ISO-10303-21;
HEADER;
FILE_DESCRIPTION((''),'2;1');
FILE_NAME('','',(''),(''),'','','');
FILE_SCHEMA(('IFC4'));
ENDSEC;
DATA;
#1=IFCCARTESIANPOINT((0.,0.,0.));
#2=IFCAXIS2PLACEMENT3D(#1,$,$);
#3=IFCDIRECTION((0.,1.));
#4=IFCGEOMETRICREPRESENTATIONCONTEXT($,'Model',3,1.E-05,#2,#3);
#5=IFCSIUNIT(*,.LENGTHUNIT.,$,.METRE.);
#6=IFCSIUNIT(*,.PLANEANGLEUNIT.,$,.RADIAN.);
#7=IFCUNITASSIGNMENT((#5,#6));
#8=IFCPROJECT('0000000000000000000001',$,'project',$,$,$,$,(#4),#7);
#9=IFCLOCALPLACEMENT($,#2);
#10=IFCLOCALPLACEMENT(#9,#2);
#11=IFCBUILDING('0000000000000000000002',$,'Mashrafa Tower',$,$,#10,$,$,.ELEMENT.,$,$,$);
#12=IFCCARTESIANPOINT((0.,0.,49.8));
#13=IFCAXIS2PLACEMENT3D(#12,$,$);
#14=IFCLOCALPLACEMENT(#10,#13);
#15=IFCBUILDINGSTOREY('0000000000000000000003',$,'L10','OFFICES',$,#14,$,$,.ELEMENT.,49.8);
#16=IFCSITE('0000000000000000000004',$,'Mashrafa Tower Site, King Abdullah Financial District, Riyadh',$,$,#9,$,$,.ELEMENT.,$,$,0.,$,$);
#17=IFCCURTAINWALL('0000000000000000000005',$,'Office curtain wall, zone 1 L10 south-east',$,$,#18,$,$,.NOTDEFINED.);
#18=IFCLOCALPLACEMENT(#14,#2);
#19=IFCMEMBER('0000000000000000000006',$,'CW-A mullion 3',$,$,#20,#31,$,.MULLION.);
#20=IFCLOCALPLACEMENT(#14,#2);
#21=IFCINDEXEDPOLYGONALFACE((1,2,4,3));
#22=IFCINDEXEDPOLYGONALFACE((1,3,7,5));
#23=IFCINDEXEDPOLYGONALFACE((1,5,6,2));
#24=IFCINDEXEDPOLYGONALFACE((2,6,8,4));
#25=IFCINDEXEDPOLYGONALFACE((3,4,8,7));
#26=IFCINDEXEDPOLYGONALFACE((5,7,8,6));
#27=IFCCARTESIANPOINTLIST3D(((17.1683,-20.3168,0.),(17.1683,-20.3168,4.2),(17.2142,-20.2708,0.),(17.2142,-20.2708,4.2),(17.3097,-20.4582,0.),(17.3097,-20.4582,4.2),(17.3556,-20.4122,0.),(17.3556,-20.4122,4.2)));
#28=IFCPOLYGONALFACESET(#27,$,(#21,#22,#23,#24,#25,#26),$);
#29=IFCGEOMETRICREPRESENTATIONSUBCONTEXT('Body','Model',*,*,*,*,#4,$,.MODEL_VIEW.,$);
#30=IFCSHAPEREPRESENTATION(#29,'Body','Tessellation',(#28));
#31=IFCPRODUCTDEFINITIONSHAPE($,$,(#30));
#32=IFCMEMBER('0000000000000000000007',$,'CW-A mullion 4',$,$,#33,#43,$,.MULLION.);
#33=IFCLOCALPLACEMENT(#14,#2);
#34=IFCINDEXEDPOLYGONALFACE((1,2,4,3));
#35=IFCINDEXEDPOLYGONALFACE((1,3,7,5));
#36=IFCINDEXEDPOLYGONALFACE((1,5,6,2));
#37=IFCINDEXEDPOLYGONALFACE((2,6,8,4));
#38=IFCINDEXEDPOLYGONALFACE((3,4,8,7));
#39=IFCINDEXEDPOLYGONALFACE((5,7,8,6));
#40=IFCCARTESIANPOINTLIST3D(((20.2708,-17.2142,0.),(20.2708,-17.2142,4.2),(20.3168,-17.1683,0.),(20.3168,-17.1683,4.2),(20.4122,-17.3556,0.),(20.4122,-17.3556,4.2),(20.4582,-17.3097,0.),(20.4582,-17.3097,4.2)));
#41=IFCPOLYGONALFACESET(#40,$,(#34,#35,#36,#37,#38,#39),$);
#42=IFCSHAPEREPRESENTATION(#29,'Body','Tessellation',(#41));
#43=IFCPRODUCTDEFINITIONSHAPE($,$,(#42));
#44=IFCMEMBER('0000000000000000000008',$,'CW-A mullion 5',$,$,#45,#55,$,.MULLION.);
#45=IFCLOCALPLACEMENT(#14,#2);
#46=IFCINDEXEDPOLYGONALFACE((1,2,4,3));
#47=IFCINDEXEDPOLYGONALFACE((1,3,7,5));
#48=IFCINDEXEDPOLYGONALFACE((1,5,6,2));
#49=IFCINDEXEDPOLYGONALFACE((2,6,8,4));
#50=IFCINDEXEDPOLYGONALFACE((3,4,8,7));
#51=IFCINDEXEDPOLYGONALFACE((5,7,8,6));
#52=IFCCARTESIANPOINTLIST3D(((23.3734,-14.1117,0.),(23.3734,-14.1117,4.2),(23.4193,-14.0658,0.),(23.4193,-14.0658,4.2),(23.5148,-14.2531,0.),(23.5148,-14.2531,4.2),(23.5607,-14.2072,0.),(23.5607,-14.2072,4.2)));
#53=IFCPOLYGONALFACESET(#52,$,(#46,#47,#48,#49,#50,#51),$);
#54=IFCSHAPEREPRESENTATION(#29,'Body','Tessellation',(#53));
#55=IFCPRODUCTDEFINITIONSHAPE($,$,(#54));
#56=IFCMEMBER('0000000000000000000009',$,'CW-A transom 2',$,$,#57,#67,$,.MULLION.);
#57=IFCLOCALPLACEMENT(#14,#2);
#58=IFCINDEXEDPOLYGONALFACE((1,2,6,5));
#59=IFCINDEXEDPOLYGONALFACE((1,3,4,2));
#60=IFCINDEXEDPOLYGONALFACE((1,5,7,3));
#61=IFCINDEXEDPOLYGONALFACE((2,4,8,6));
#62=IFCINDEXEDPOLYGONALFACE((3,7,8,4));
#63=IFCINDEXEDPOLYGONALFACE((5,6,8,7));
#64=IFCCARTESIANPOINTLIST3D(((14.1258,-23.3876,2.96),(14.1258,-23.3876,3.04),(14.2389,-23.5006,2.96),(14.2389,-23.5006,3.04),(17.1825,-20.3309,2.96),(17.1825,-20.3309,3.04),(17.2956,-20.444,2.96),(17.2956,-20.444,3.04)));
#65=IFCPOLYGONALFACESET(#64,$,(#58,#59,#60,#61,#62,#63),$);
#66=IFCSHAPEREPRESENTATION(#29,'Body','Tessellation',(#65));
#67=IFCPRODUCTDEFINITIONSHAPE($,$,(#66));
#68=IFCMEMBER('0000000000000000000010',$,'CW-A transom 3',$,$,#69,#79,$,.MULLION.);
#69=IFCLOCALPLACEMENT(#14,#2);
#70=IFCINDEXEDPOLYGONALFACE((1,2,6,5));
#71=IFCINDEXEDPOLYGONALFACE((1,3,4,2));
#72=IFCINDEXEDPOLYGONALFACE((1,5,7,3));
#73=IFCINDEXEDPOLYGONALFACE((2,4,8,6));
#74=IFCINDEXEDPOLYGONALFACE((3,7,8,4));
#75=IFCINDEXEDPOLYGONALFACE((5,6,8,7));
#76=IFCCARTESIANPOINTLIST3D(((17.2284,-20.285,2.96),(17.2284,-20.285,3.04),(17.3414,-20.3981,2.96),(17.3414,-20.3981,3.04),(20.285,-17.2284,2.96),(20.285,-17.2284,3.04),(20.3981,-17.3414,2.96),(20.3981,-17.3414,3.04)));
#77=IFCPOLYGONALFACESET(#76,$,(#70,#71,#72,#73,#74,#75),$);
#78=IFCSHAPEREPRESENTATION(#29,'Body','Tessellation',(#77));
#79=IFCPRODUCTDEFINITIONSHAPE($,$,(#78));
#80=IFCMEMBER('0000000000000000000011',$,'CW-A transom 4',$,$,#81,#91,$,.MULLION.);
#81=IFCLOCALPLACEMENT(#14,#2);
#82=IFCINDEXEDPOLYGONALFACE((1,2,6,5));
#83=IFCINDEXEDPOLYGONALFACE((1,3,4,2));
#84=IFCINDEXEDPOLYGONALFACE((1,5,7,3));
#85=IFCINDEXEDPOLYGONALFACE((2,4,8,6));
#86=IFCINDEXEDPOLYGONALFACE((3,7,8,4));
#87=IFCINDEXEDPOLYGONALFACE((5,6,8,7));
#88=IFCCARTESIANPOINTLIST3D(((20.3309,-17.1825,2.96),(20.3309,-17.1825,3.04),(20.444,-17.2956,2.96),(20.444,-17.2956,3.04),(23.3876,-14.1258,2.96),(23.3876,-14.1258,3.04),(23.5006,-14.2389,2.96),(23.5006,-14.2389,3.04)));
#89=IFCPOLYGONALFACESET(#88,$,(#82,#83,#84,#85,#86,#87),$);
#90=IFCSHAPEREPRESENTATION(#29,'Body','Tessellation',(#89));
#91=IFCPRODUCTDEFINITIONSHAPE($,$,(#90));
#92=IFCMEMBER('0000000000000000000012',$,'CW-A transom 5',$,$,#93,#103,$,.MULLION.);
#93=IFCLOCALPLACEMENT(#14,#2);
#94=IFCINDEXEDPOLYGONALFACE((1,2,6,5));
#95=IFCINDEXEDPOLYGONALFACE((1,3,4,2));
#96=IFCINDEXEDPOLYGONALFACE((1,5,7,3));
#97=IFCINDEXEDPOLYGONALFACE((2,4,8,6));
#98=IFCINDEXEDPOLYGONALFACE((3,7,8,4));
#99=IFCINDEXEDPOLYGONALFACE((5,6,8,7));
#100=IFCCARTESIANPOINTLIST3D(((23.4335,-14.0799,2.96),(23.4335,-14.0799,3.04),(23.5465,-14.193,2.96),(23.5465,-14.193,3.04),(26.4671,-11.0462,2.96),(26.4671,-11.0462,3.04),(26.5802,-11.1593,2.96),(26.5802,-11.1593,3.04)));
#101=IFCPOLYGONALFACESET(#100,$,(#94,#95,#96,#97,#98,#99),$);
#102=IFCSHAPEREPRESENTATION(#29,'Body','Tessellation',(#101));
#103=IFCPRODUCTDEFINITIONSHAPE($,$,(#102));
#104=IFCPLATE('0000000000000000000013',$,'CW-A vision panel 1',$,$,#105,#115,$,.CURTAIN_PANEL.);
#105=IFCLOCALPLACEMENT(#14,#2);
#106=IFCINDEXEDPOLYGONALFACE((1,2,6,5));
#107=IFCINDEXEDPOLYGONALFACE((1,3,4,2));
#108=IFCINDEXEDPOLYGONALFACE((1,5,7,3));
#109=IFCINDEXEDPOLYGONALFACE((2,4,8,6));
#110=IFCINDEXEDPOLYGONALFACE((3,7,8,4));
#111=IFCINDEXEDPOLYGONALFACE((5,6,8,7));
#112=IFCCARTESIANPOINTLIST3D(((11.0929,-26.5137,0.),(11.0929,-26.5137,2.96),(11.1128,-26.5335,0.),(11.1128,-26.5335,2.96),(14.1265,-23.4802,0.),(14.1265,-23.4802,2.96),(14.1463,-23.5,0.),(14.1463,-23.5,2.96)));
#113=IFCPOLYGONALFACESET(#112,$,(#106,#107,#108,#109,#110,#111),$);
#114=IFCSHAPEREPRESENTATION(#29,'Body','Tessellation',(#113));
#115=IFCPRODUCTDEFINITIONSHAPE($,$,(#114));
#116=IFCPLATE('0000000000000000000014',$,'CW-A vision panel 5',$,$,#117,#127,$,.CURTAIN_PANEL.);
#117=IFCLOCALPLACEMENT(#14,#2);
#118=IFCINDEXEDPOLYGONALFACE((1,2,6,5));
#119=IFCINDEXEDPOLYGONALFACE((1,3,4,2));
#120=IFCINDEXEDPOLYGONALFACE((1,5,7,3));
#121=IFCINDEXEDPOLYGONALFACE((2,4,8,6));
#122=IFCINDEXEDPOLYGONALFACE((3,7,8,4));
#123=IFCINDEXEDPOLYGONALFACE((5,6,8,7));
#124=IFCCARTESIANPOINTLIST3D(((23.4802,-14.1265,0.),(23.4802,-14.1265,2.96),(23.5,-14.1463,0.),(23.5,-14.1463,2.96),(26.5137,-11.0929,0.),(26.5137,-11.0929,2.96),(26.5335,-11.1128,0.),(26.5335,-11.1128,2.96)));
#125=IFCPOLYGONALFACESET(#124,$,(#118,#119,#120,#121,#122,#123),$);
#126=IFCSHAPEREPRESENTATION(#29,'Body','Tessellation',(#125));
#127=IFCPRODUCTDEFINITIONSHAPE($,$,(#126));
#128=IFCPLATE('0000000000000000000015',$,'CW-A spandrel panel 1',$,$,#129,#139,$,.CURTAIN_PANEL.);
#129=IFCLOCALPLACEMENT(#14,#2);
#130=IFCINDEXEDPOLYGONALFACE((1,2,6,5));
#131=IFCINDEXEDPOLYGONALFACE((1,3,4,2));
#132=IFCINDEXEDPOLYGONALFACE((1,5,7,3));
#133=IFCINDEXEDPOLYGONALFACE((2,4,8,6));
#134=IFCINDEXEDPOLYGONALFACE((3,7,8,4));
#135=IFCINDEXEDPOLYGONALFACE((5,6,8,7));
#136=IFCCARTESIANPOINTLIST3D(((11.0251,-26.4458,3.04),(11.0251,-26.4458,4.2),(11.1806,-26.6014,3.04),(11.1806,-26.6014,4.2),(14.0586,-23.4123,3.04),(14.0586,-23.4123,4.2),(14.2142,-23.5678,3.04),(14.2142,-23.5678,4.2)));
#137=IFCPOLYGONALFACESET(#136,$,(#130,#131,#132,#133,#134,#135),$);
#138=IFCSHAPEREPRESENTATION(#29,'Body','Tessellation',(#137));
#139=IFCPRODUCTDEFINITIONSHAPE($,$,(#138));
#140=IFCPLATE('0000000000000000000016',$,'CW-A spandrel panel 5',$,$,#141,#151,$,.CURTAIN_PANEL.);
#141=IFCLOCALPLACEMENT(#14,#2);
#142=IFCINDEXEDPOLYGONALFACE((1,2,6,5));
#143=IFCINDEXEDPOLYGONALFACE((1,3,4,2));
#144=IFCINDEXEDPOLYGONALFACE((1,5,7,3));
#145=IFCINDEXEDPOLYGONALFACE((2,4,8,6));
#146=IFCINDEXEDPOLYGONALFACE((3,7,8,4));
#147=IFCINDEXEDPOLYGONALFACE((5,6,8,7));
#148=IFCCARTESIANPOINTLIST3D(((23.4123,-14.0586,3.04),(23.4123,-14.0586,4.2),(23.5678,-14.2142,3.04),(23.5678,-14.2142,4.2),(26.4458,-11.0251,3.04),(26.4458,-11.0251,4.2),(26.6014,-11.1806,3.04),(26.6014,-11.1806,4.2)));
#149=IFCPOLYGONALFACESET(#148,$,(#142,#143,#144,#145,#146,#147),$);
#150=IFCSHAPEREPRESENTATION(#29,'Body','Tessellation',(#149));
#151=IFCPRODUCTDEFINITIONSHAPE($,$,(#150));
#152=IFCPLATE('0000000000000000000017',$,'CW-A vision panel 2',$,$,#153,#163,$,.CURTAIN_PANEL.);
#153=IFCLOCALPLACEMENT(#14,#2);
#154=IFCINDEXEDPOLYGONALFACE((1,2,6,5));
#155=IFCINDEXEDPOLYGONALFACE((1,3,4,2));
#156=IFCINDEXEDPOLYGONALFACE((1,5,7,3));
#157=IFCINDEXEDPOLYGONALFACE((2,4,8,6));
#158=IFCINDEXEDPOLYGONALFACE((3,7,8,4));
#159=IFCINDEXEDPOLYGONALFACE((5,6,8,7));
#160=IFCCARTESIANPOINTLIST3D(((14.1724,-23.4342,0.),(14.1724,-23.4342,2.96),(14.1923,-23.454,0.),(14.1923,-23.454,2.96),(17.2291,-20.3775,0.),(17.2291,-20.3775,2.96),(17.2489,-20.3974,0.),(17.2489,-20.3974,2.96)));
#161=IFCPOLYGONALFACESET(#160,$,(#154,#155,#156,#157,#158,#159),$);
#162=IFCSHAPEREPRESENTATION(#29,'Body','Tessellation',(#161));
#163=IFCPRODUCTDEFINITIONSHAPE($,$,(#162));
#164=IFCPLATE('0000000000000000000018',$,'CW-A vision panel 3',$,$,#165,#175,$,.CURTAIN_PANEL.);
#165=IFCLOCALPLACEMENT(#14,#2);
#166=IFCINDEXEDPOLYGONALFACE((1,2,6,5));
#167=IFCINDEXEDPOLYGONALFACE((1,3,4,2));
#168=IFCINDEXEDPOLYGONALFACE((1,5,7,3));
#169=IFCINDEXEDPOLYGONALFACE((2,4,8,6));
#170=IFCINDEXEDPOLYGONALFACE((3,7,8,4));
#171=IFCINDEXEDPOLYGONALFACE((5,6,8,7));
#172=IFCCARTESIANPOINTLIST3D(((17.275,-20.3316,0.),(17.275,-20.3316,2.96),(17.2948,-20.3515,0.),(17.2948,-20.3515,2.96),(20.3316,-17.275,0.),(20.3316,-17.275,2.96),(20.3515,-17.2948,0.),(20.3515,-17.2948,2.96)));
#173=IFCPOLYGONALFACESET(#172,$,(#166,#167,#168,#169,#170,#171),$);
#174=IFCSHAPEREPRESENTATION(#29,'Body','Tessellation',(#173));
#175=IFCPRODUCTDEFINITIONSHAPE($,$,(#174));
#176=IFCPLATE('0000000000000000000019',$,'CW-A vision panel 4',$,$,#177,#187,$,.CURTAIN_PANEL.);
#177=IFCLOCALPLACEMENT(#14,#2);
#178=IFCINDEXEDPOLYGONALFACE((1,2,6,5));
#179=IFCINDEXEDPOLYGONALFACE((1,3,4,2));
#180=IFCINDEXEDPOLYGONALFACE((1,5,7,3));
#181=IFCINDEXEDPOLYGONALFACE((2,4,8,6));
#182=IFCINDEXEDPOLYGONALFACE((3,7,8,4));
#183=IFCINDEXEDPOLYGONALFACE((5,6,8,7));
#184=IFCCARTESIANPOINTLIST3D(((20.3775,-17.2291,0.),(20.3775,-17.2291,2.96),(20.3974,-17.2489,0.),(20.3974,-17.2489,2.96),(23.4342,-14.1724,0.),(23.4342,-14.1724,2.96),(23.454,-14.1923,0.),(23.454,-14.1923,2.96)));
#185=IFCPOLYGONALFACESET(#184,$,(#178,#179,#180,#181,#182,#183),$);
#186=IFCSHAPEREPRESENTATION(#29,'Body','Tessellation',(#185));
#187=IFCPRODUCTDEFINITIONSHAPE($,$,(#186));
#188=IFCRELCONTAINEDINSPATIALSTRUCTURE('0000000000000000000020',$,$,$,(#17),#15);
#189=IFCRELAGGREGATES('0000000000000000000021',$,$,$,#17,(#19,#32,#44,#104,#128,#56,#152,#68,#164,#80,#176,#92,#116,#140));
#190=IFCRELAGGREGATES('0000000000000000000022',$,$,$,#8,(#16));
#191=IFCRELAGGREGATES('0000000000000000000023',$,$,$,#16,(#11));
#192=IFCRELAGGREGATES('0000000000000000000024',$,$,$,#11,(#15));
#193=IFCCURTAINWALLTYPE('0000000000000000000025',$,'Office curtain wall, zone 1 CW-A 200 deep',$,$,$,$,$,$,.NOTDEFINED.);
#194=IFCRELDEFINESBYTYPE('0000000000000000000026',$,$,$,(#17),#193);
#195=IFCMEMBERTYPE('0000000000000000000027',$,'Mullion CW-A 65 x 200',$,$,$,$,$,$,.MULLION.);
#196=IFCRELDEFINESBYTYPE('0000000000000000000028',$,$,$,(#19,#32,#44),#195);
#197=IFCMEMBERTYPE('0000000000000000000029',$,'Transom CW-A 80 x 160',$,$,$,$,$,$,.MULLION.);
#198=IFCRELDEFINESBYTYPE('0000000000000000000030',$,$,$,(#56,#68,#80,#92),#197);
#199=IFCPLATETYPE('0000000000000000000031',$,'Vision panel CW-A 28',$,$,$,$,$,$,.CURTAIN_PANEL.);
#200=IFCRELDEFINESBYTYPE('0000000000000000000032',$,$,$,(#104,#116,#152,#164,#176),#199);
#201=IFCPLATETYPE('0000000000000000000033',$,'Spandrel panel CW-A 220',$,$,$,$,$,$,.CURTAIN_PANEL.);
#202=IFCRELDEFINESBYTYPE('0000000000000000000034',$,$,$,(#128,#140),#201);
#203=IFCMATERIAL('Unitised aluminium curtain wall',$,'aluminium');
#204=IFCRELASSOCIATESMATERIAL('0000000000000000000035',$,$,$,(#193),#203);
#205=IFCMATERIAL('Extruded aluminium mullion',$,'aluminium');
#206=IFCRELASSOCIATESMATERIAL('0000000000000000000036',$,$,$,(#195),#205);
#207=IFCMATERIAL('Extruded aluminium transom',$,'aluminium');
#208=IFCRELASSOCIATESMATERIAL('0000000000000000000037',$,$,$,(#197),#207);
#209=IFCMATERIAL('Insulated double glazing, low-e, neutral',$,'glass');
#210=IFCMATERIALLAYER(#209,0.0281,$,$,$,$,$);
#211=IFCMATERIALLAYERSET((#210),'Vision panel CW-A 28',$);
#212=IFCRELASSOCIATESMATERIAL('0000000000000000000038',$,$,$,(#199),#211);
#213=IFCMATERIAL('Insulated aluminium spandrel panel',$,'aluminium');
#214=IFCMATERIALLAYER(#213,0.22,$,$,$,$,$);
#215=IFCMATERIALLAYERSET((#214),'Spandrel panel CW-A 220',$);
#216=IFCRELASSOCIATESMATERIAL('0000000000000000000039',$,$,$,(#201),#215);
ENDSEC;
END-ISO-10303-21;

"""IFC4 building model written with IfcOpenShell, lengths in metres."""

from ifc_helpers import new_model, si_unit, direction, frame, origin, origin_2d, place, context, subcontext, project, spatial, rectangle, extrude, source, transform, mapped, material, layer, layer_set, material_profile, profile_set, type_object, type_shapes, element, aggregate, save


model = new_model("IFC4")

# Units and contexts
model_context = context("Model", 3, precision=1e-05, world=origin(), true_north=direction((0.0, 1.0)))
body_context = subcontext(model_context, "Body", "Model", "MODEL_VIEW")
ifc_project = project(units=[si_unit("LENGTHUNIT", "METRE"), si_unit("PLANEANGLEUNIT", "RADIAN")], contexts=[model_context])

# Site, building, storey
site_placement = place(None, origin())
site = spatial("IfcSite", under=ifc_project, at=site_placement, Name="Mashrafa Tower Site, King Abdullah Financial District, Riyadh", CompositionType="ELEMENT", RefElevation=0.0)
building_placement = place(site_placement, origin())
building = spatial("IfcBuilding", under=site, at=building_placement, Name="Mashrafa Tower", CompositionType="ELEMENT")
storey_placement = place(building_placement, frame((0.0, 0.0, 49.8)))
storey = spatial("IfcBuildingStorey", under=building, at=storey_placement, Name="L10", Description="OFFICES", CompositionType="ELEMENT", Elevation=49.8)

# Curtain wall, members, plates
ifc_material_1 = material(Name="Unitised aluminium curtain wall", Category="aluminium")
curtain_wall_type = type_object("IfcCurtainWallType", Name="Office curtain wall, zone 1 CW-A 200 deep", PredefinedType="NOTDEFINED", material=ifc_material_1)
curtain_wall_placement = place(storey_placement, origin())
curtain_wall = element("IfcCurtainWall", 1, at=curtain_wall_placement, inside=storey, type_object=curtain_wall_type, Name="Office curtain wall, zone 1 L10 south-east", PredefinedType="NOTDEFINED")
ifc_material_2 = material(Name="Extruded aluminium mullion", Category="aluminium")
ifc_material_profile_1 = material_profile(ifc_material_2, rectangle(XDim=0.2, YDim=0.0649, at=origin_2d()), Name="Mullion 65x200")
ifc_profile_set_1 = profile_set([ifc_material_profile_1], Name="Extruded aluminium mullion")
member_type_1 = type_object("IfcMemberType", Name="Mullion CW-A 65 x 200", PredefinedType="MULLION", material=ifc_profile_set_1)
shared_shape_1 = source(origin(), body_context, "Body", "SweptSolid", [
    extrude(rectangle(XDim=0.2, YDim=0.0649, at=origin_2d()), origin(), (0.0, 0.0, 1.0), 4.2),
])
type_shapes(member_type_1, [shared_shape_1])
member_1_placement = place(storey_placement, frame((17.262, -20.3645, 0.0), z_axis=(0.0, 0.0, 1.0), x_axis=(-0.707107, 0.707107, 0.0)))
member_1 = element("IfcMember", 2, at=member_1_placement, type_object=member_type_1, Name="CW-A mullion 3", PredefinedType="MULLION", context=body_context, shape_type="MappedRepresentation", body=[
    mapped(shared_shape_1, transform((0.0, 0.0, 0.0))),
])
member_2_placement = place(storey_placement, frame((20.3645, -17.262, 0.0), z_axis=(0.0, 0.0, 1.0), x_axis=(-0.707107, 0.707107, 0.0)))
member_2 = element("IfcMember", 3, at=member_2_placement, type_object=member_type_1, Name="CW-A mullion 4", PredefinedType="MULLION", context=body_context, shape_type="MappedRepresentation", body=[
    mapped(shared_shape_1, transform((0.0, 0.0, 0.0))),
])
member_3_placement = place(storey_placement, frame((23.467, -14.1594, 0.0), z_axis=(0.0, 0.0, 1.0), x_axis=(-0.707107, 0.707107, 0.0)))
member_3 = element("IfcMember", 4, at=member_3_placement, type_object=member_type_1, Name="CW-A mullion 5", PredefinedType="MULLION", context=body_context, shape_type="MappedRepresentation", body=[
    mapped(shared_shape_1, transform((0.0, 0.0, 0.0))),
])
ifc_material_3 = material(Name="Extruded aluminium transom", Category="aluminium")
ifc_material_profile_2 = material_profile(ifc_material_3, rectangle(XDim=0.1599, YDim=0.0801, at=origin_2d()), Name="Transom 80x160")
ifc_profile_set_2 = profile_set([ifc_material_profile_2], Name="Extruded aluminium transom")
member_type_2 = type_object("IfcMemberType", Name="Transom CW-A 80 x 160", PredefinedType="MULLION", material=ifc_profile_set_2)
shared_shape_2 = source(origin(), body_context, "Body", "SweptSolid", [
    extrude(rectangle(XDim=0.1599, YDim=0.0801, at=origin_2d()), origin(), (0.0, 0.0, 1.0), 4.3228),
])
member_4_placement = place(storey_placement, frame((14.1824, -23.4441, 3.0), z_axis=(0.707107, 0.707107, 0.0), x_axis=(-0.707107, 0.707107, 0.0)))
member_4 = element("IfcMember", 5, at=member_4_placement, type_object=member_type_2, Name="CW-A transom 2", PredefinedType="MULLION", context=body_context, shape_type="MappedRepresentation", body=[
    mapped(shared_shape_2, transform((0.0, 0.0, 0.0))),
])
member_5_placement = place(storey_placement, frame((17.2849, -20.3416, 3.0), z_axis=(0.707107, 0.707107, 0.0), x_axis=(-0.707107, 0.707107, 0.0)))
member_5 = element("IfcMember", 6, at=member_5_placement, type_object=member_type_2, Name="CW-A transom 3", PredefinedType="MULLION", context=body_context, shape_type="MappedRepresentation", body=[
    mapped(shared_shape_2, transform((0.0, 0.0, 0.0))),
])
member_6_placement = place(storey_placement, frame((20.3875, -17.239, 3.0), z_axis=(0.707107, 0.707107, 0.0), x_axis=(-0.707107, 0.707107, 0.0)))
member_6 = element("IfcMember", 7, at=member_6_placement, type_object=member_type_2, Name="CW-A transom 4", PredefinedType="MULLION", context=body_context, shape_type="MappedRepresentation", body=[
    mapped(shared_shape_2, transform((0.0, 0.0, 0.0))),
])
shared_shape_3 = source(origin(), body_context, "Body", "SweptSolid", [
    extrude(rectangle(XDim=0.1599, YDim=0.0801, at=origin_2d()), origin(), (0.0, 0.0, 1.0), 4.2903),
])
type_shapes(member_type_2, [shared_shape_2, shared_shape_3])
member_7_placement = place(storey_placement, frame((23.49, -14.1365, 3.0), z_axis=(0.707107, 0.707107, 0.0), x_axis=(-0.707107, 0.707107, 0.0)))
member_7 = element("IfcMember", 8, at=member_7_placement, type_object=member_type_2, Name="CW-A transom 5", PredefinedType="MULLION", context=body_context, shape_type="MappedRepresentation", body=[
    mapped(shared_shape_3, transform((0.0, 0.0, 0.0))),
])
ifc_material_4 = material(Name="Insulated double glazing, low-e, neutral", Category="glass")
ifc_layer_1 = layer(ifc_material_4, 0.0281)
ifc_layer_set_1 = layer_set([ifc_layer_1], Name="Vision panel CW-A 28")
plate_type_1 = type_object("IfcPlateType", Name="Vision panel CW-A 28", PredefinedType="CURTAIN_PANEL", material=ifc_layer_set_1)
shared_shape_4 = source(origin(), body_context, "Body", "SweptSolid", [
    extrude(rectangle(XDim=4.29, YDim=0.0281, at=origin_2d()), origin(), (0.0, 0.0, 1.0), 2.96),
])
plate_1_placement = place(storey_placement, frame((12.6196, -25.0068, 0.0), z_axis=(0.0, 0.0, 1.0), x_axis=(0.707107, 0.707107, 0.0)))
plate_1 = element("IfcPlate", 9, at=plate_1_placement, type_object=plate_type_1, Name="CW-A vision panel 1", PredefinedType="CURTAIN_PANEL", context=body_context, shape_type="MappedRepresentation", body=[
    mapped(shared_shape_4, transform((0.0, 0.0, 0.0))),
])
plate_2_placement = place(storey_placement, frame((25.0068, -12.6196, 0.0), z_axis=(0.0, 0.0, 1.0), x_axis=(0.707107, 0.707107, 0.0)))
plate_2 = element("IfcPlate", 10, at=plate_2_placement, type_object=plate_type_1, Name="CW-A vision panel 5", PredefinedType="CURTAIN_PANEL", context=body_context, shape_type="MappedRepresentation", body=[
    mapped(shared_shape_4, transform((0.0, 0.0, 0.0))),
])
ifc_material_5 = material(Name="Insulated aluminium spandrel panel", Category="aluminium")
ifc_layer_2 = layer(ifc_material_5, 0.22)
ifc_layer_set_2 = layer_set([ifc_layer_2], Name="Spandrel panel CW-A 220")
plate_type_2 = type_object("IfcPlateType", Name="Spandrel panel CW-A 220", PredefinedType="CURTAIN_PANEL", material=ifc_layer_set_2)
shared_shape_5 = source(origin(), body_context, "Body", "SweptSolid", [
    extrude(rectangle(XDim=4.29, YDim=0.22, at=origin_2d()), origin(), (0.0, 0.0, 1.0), 1.1599),
])
plate_3_placement = place(storey_placement, frame((12.6196, -25.0068, 3.04), z_axis=(0.0, 0.0, 1.0), x_axis=(0.707107, 0.707107, 0.0)))
plate_3 = element("IfcPlate", 11, at=plate_3_placement, type_object=plate_type_2, Name="CW-A spandrel panel 1", PredefinedType="CURTAIN_PANEL", context=body_context, shape_type="MappedRepresentation", body=[
    mapped(shared_shape_5, transform((0.0, 0.0, 0.0))),
])
plate_4_placement = place(storey_placement, frame((25.0068, -12.6196, 3.04), z_axis=(0.0, 0.0, 1.0), x_axis=(0.707107, 0.707107, 0.0)))
plate_4 = element("IfcPlate", 12, at=plate_4_placement, type_object=plate_type_2, Name="CW-A spandrel panel 5", PredefinedType="CURTAIN_PANEL", context=body_context, shape_type="MappedRepresentation", body=[
    mapped(shared_shape_5, transform((0.0, 0.0, 0.0))),
])
shared_shape_6 = source(origin(), body_context, "Body", "SweptSolid", [
    extrude(rectangle(XDim=4.3228, YDim=0.0281, at=origin_2d()), origin(), (0.0, 0.0, 1.0), 2.96),
])
type_shapes(plate_type_1, [shared_shape_4, shared_shape_6])
plate_5_placement = place(storey_placement, frame((15.7107, -21.9158, 0.0), z_axis=(0.0, 0.0, 1.0), x_axis=(0.707107, 0.707107, 0.0)))
plate_5 = element("IfcPlate", 13, at=plate_5_placement, type_object=plate_type_1, Name="CW-A vision panel 2", PredefinedType="CURTAIN_PANEL", context=body_context, shape_type="MappedRepresentation", body=[
    mapped(shared_shape_6, transform((0.0, 0.0, 0.0))),
])
plate_6_placement = place(storey_placement, frame((18.8132, -18.8132, 0.0), z_axis=(0.0, 0.0, 1.0), x_axis=(0.707107, 0.707107, 0.0)))
plate_6 = element("IfcPlate", 14, at=plate_6_placement, type_object=plate_type_1, Name="CW-A vision panel 3", PredefinedType="CURTAIN_PANEL", context=body_context, shape_type="MappedRepresentation", body=[
    mapped(shared_shape_6, transform((0.0, 0.0, 0.0))),
])
plate_7_placement = place(storey_placement, frame((21.9158, -15.7107, 0.0), z_axis=(0.0, 0.0, 1.0), x_axis=(0.707107, 0.707107, 0.0)))
plate_7 = element("IfcPlate", 15, at=plate_7_placement, type_object=plate_type_1, Name="CW-A vision panel 4", PredefinedType="CURTAIN_PANEL", context=body_context, shape_type="MappedRepresentation", body=[
    mapped(shared_shape_6, transform((0.0, 0.0, 0.0))),
])
aggregate(curtain_wall, [member_1, member_2, member_3, plate_1, plate_3, member_4, plate_5, member_5, plate_6, member_6, plate_7, member_7, plate_2, plate_4])

save(model, "model.ifc")
